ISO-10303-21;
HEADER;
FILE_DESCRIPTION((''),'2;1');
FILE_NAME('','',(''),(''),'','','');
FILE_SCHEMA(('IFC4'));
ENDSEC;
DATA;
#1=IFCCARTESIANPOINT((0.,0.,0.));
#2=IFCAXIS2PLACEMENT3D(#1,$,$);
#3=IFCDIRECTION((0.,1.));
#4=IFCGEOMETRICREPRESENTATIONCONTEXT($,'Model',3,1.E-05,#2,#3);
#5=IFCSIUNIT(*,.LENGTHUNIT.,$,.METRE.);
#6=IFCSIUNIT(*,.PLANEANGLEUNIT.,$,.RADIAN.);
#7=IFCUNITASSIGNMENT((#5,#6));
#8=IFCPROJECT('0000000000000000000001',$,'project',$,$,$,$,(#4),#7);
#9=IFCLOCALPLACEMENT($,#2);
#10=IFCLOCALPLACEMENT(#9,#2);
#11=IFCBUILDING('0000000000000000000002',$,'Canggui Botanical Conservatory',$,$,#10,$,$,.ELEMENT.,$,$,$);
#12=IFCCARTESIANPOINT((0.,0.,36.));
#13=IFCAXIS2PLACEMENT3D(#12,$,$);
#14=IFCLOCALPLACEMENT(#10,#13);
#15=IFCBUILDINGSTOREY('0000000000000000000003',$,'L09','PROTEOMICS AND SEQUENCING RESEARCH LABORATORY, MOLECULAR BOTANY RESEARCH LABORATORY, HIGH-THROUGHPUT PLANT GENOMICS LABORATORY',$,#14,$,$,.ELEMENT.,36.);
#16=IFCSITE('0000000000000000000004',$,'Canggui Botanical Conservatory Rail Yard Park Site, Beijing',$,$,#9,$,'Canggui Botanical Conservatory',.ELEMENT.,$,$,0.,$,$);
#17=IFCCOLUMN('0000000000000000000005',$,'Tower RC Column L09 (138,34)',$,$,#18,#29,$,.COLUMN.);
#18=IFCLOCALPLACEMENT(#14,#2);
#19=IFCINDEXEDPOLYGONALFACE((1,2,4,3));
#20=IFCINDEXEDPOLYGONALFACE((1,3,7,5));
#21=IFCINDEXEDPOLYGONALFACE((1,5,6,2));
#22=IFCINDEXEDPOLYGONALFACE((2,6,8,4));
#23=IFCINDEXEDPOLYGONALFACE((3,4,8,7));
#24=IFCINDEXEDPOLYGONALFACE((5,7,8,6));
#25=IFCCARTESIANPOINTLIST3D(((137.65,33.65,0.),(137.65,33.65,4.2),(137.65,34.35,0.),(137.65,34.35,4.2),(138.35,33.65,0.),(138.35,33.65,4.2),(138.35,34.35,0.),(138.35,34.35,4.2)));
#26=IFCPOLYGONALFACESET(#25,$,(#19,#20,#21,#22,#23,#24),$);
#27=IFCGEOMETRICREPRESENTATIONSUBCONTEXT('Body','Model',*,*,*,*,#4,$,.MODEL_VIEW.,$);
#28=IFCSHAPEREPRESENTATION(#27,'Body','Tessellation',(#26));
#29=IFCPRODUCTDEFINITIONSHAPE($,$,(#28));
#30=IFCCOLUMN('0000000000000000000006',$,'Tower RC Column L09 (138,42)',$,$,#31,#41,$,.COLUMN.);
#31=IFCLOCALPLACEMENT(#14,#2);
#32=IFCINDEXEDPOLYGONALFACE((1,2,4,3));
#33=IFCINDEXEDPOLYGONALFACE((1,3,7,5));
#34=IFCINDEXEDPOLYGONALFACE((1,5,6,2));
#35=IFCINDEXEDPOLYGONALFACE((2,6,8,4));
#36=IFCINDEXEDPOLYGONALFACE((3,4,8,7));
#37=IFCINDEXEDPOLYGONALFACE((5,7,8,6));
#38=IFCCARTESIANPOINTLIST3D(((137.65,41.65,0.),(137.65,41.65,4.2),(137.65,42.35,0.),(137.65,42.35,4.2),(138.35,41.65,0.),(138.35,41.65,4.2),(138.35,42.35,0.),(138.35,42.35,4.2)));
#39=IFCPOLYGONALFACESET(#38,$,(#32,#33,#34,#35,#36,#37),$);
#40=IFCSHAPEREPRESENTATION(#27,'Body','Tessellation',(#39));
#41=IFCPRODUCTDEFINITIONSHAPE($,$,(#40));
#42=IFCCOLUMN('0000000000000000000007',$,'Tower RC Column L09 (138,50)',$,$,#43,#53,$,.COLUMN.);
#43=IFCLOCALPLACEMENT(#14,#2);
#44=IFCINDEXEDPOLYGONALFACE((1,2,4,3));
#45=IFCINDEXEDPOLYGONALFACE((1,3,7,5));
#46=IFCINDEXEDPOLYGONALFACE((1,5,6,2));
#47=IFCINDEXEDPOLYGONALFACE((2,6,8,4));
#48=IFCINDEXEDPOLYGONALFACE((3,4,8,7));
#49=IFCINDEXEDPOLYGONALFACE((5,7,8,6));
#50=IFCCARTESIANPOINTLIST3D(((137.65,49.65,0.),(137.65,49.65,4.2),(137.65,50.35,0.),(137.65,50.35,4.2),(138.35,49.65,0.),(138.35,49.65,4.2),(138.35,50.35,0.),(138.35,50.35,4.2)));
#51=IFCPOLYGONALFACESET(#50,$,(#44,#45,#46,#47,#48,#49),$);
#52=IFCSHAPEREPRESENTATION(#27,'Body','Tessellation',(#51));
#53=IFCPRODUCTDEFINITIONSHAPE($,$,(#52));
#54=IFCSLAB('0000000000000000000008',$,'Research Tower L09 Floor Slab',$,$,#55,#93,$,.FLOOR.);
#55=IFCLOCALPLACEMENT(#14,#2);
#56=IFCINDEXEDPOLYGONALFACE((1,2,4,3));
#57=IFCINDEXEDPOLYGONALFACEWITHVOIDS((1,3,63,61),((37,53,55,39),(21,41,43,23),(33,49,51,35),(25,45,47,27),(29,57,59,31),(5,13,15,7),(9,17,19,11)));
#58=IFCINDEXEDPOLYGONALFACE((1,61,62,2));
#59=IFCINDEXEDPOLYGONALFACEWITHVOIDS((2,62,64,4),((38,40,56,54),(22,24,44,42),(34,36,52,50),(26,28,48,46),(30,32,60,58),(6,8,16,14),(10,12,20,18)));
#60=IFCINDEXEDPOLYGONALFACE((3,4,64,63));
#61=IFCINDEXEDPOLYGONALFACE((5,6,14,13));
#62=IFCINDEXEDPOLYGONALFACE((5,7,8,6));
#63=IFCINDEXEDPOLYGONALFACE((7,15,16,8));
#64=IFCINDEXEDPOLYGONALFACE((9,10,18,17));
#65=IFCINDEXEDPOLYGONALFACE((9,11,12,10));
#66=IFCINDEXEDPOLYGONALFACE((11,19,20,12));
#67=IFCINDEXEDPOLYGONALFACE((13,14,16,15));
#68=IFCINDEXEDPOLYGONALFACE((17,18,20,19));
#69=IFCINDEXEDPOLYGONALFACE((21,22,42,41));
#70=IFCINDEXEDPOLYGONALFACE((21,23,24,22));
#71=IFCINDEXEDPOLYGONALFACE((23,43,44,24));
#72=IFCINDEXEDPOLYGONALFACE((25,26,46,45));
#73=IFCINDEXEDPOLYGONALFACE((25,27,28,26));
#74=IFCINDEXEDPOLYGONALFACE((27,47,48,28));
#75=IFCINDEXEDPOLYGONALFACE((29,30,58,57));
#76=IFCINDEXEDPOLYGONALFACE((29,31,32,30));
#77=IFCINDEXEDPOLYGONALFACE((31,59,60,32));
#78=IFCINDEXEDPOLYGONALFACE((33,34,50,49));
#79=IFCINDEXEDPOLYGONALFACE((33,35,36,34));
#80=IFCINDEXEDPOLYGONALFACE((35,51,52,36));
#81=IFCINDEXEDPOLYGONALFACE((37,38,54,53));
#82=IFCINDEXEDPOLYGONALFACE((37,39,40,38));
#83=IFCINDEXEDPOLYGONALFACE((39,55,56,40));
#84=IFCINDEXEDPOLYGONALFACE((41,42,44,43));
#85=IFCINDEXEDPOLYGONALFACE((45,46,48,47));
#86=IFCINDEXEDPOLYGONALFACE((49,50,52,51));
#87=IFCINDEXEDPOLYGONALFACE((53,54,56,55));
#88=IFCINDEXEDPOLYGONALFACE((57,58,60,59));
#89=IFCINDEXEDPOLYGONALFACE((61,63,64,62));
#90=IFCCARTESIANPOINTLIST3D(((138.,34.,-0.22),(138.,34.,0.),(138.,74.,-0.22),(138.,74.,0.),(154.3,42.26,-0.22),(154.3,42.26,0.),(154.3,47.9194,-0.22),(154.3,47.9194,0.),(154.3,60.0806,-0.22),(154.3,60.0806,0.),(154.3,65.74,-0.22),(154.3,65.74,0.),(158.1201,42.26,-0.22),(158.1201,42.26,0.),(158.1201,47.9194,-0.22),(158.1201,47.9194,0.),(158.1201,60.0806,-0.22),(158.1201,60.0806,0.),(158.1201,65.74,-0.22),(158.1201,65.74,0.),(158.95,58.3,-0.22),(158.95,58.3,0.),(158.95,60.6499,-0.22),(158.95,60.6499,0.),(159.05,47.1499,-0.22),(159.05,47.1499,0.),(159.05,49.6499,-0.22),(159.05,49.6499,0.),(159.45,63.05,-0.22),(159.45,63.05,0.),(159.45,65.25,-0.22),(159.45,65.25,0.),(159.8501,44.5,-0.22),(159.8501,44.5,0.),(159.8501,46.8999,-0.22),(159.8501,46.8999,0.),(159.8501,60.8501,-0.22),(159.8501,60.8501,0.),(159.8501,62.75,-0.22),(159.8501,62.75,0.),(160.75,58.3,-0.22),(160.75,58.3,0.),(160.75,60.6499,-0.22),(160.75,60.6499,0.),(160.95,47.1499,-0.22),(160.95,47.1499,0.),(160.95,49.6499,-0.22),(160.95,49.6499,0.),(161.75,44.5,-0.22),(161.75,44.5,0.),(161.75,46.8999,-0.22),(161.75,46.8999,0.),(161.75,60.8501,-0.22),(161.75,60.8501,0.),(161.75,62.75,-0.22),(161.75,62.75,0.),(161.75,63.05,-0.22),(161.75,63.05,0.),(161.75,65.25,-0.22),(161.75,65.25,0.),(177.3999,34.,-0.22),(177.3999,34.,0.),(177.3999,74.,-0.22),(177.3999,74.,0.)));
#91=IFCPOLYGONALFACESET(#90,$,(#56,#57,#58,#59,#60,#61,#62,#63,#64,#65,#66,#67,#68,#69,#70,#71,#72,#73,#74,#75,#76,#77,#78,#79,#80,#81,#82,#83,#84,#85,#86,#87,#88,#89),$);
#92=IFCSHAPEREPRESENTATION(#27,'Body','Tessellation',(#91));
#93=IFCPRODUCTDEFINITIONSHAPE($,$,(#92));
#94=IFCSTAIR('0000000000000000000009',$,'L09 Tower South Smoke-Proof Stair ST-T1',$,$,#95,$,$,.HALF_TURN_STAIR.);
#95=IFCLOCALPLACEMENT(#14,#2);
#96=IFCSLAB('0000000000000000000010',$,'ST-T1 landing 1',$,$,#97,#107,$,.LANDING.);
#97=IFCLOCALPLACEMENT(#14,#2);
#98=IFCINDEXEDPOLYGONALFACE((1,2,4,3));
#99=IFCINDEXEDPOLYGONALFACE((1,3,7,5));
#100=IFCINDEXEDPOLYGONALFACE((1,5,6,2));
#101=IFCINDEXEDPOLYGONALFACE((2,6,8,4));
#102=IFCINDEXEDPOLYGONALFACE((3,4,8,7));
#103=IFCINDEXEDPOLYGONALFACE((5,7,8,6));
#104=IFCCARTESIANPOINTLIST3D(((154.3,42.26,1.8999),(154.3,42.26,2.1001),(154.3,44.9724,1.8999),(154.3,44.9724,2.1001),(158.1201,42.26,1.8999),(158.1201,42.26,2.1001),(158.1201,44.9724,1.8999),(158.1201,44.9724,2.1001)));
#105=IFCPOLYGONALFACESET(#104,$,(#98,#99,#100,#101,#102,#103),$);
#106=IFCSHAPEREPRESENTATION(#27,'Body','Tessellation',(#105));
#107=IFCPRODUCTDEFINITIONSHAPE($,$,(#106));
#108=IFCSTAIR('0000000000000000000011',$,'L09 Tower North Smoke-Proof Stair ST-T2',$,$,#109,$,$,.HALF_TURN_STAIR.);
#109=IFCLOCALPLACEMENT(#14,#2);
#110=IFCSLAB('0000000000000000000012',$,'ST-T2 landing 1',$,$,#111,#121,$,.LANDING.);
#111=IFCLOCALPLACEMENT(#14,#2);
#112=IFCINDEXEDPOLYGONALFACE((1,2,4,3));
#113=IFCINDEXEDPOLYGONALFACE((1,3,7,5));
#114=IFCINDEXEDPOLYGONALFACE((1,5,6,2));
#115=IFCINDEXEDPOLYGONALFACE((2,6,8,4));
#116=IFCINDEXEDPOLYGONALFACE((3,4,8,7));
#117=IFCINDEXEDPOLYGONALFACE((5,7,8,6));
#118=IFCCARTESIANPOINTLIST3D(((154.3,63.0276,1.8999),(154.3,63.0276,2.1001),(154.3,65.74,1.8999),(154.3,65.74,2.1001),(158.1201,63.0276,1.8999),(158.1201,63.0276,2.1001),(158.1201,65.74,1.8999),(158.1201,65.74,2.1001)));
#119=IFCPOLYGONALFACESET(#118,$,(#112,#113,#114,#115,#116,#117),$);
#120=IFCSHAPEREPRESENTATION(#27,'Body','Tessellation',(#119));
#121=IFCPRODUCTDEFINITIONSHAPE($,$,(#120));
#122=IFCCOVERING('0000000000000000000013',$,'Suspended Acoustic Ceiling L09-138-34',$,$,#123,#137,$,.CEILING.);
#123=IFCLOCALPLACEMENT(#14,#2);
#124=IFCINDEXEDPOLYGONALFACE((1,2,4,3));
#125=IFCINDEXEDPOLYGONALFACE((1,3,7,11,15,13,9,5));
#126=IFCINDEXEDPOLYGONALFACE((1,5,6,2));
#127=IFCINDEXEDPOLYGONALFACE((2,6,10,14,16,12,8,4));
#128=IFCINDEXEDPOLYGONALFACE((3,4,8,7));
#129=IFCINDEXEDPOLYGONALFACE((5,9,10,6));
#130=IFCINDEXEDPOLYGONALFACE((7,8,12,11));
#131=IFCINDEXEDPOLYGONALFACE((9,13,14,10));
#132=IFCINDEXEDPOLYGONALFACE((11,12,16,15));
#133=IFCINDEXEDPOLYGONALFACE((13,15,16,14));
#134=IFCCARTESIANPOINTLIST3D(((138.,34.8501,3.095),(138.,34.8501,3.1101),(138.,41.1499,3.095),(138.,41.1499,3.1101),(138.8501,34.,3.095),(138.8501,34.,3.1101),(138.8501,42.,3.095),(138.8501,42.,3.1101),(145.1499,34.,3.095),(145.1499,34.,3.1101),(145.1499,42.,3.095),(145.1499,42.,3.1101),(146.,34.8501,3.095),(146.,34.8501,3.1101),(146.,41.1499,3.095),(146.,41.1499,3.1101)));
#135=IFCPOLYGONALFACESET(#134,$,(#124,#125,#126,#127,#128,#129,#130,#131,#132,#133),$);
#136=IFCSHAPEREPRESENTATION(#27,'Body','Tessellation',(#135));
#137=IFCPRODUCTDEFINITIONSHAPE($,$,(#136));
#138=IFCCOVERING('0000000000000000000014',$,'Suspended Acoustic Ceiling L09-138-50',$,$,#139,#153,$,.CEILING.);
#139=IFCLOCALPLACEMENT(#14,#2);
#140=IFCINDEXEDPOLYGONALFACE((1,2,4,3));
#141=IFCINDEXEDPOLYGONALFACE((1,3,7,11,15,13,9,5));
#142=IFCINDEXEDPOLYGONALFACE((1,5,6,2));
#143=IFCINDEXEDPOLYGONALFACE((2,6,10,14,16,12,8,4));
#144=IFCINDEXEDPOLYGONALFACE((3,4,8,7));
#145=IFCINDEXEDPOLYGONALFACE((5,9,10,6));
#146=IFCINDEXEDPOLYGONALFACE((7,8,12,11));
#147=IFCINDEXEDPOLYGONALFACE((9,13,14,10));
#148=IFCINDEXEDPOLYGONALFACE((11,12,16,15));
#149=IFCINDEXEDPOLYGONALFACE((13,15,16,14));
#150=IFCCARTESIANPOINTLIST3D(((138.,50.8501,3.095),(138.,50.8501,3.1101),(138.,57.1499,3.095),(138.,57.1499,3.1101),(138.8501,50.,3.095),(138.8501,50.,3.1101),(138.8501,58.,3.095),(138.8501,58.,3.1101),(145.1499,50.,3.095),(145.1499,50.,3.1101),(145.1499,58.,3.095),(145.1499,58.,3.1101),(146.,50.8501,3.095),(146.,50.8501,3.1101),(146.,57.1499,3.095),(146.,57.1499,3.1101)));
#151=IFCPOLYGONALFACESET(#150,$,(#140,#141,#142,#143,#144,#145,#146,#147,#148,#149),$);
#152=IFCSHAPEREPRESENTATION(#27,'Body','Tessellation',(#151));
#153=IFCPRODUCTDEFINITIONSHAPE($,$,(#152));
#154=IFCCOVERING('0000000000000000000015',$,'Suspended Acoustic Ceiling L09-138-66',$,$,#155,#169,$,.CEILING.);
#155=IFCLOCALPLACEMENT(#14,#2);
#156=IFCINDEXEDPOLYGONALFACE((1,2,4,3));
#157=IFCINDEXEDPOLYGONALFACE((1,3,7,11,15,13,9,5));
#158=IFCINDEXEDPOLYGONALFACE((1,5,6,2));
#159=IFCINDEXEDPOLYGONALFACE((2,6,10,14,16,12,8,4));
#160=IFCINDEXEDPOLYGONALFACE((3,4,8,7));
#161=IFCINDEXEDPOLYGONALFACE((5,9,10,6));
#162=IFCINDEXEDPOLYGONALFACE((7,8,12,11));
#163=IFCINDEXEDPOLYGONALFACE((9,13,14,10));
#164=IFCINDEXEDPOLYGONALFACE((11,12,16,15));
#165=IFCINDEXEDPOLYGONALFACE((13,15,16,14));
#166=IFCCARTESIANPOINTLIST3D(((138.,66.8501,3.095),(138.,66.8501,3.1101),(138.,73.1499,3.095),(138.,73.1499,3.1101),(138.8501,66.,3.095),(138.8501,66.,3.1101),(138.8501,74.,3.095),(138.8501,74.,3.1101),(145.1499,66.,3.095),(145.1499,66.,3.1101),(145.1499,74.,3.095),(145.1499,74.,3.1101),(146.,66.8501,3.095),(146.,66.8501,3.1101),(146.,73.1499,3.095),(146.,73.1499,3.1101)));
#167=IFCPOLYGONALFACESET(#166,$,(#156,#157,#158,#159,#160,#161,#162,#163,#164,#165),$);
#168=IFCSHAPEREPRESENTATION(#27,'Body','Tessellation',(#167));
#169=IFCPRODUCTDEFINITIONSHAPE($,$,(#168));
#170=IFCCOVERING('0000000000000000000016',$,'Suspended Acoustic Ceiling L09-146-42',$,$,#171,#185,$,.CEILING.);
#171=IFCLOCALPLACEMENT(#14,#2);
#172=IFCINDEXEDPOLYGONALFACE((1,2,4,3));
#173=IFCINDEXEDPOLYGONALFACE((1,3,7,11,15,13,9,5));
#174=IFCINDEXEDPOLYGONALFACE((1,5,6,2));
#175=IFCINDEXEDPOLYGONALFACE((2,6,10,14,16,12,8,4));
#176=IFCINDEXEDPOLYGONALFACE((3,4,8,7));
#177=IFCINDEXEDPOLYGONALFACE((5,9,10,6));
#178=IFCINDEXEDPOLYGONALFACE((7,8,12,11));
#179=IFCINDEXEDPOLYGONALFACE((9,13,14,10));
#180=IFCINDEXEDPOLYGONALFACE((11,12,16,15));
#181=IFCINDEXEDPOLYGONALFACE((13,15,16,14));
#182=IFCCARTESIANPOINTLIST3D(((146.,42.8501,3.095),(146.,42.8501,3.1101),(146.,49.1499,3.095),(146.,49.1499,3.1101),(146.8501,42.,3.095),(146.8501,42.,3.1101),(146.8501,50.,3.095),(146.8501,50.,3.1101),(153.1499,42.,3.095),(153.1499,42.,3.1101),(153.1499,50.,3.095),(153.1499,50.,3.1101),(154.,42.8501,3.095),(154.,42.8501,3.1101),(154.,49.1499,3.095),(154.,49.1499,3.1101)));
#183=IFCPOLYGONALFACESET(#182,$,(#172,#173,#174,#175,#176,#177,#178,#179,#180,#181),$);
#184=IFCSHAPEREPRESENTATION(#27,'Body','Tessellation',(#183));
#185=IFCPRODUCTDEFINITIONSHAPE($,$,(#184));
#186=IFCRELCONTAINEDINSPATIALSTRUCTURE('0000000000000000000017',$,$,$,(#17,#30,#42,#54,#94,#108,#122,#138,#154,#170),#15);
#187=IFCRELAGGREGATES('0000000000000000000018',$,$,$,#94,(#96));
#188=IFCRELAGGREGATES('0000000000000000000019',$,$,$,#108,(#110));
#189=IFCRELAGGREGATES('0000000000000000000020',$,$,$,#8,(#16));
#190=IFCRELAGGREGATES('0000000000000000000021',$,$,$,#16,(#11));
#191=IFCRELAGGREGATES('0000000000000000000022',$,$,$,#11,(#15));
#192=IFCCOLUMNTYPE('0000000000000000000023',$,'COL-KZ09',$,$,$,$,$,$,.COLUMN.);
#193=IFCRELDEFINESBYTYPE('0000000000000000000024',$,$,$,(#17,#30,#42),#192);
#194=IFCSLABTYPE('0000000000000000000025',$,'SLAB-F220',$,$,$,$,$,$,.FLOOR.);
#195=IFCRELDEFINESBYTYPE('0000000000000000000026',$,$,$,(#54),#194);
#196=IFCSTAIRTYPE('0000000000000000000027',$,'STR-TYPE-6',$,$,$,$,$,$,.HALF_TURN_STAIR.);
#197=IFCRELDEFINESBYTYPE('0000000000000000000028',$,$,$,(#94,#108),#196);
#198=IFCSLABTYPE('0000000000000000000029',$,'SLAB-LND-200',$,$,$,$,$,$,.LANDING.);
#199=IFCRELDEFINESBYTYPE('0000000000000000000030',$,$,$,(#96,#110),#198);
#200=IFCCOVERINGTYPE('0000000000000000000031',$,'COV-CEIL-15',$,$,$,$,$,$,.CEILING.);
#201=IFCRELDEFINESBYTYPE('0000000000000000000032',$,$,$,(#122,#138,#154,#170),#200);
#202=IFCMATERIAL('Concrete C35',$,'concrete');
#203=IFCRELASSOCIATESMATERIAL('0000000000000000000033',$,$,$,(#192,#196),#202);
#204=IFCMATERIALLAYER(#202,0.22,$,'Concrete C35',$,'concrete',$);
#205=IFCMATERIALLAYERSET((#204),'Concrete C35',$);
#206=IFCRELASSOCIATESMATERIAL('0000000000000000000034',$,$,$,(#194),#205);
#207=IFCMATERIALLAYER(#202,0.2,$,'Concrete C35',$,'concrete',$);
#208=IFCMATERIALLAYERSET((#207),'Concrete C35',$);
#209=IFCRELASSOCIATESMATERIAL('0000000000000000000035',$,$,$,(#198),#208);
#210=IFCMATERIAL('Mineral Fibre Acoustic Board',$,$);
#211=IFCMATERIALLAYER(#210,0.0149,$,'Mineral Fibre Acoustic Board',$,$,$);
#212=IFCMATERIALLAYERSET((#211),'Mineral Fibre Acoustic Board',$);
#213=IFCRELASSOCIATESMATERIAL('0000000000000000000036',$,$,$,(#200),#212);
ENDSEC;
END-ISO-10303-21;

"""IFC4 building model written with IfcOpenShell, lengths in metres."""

from ifc_helpers import new_model, si_unit, direction, frame, origin, origin_2d, place, context, subcontext, project, spatial, polyline, rectangle, outline, extrude, material, layer, layer_set, material_profile, profile_set, type_object, element, aggregate, save


model = new_model("IFC4")

# Units and contexts
model_context = context("Model", 3, precision=1e-05, world=origin(), true_north=direction((0.0, 1.0)))
body_context = subcontext(model_context, "Body", "Model", "MODEL_VIEW")
ifc_project = project(units=[si_unit("LENGTHUNIT", "METRE"), si_unit("PLANEANGLEUNIT", "RADIAN")], contexts=[model_context])

# Site, building, storey
site_placement = place(None, origin())
site = spatial("IfcSite", under=ifc_project, at=site_placement, Name="Canggui Botanical Conservatory Rail Yard Park Site, Beijing", LongName="Canggui Botanical Conservatory", CompositionType="ELEMENT", RefElevation=0.0)
building_placement = place(site_placement, origin())
building = spatial("IfcBuilding", under=site, at=building_placement, Name="Canggui Botanical Conservatory", CompositionType="ELEMENT")
storey_placement = place(building_placement, frame((0.0, 0.0, 36.0)))
storey = spatial("IfcBuildingStorey", under=building, at=storey_placement, Name="L09", Description="PROTEOMICS AND SEQUENCING RESEARCH LABORATORY, MOLECULAR BOTANY RESEARCH LABORATORY, HIGH-THROUGHPUT PLANT GENOMICS LABORATORY", CompositionType="ELEMENT", Elevation=36.0)

# Columns
ifc_material_1 = material(Name="Concrete C35", Category="concrete")
ifc_material_profile = material_profile(ifc_material_1, rectangle(XDim=0.7, YDim=0.7, at=origin_2d()), Name="RC 700x700")
ifc_profile_set = profile_set([ifc_material_profile], Name="Concrete C35")
column_type = type_object("IfcColumnType", Name="COL-KZ09", PredefinedType="COLUMN", material=ifc_profile_set)
for number, where, z_axis, x_axis, name in (
    (1, (138.0, 34.0, 0.0), (0.0, 0.0, 1.0), (1.0, 0.0, 0.0), "Tower RC Column L09 (138,34)"),
    (2, (138.0, 42.0, 0.0), (0.0, 0.0, 1.0), (1.0, 0.0, 0.0), "Tower RC Column L09 (138,42)"),
    (3, (138.0, 50.0, 0.0), (0.0, 0.0, 1.0), (1.0, 0.0, 0.0), "Tower RC Column L09 (138,50)"),
):
    element("IfcColumn", number, at=place(storey_placement, frame(where, z_axis=z_axis, x_axis=x_axis)), inside=storey, type_object=column_type, Name=name, PredefinedType="COLUMN", context=body_context, shape_type="SweptSolid", body=[
        extrude(rectangle(XDim=0.7, YDim=0.7, at=origin_2d()), origin(), (0.0, 0.0, 1.0), 4.2),
    ])

# Slab
ifc_layer_1 = layer(ifc_material_1, 0.22, Name="Concrete C35", Category="concrete")
ifc_layer_set_1 = layer_set([ifc_layer_1], Name="Concrete C35")
slab_type_1 = type_object("IfcSlabType", Name="SLAB-F220", PredefinedType="FLOOR", material=ifc_layer_set_1)
slab_1_placement = place(storey_placement, frame((0.0, 0.0, -0.22)))
element("IfcSlab", 4, at=slab_1_placement, inside=storey, type_object=slab_type_1, Name="Research Tower L09 Floor Slab", PredefinedType="FLOOR", context=body_context, shape_type="SweptSolid", body=[
    extrude(outline(polyline([(138.0, 34.0), (177.3999, 34.0), (177.3999, 74.0), (138.0, 74.0), (138.0, 34.0)]), holes=[polyline([(154.3, 47.9194), (154.3, 42.26), (158.1201, 42.26), (158.1201, 47.9194), (154.3, 47.9194)]), polyline([(158.1201, 60.0806), (158.1201, 65.74), (154.3, 65.74), (154.3, 60.0806), (158.1201, 60.0806)]), polyline([(159.05, 47.1499), (160.95, 47.1499), (160.95, 49.6499), (159.05, 49.6499), (159.05, 47.1499)]), polyline([(159.8501, 44.5), (161.75, 44.5), (161.75, 46.8999), (159.8501, 46.8999), (159.8501, 44.5)]), polyline([(158.95, 58.3), (160.75, 58.3), (160.75, 60.6499), (158.95, 60.6499), (158.95, 58.3)]), polyline([(159.8501, 60.8501), (161.75, 60.8501), (161.75, 62.75), (159.8501, 62.75), (159.8501, 60.8501)]), polyline([(159.45, 63.05), (161.75, 63.05), (161.75, 65.25), (159.45, 65.25), (159.45, 63.05)])]), origin(), (0.0, 0.0, 1.0), 0.22),
])

# Stairs, slabs
stair_type = type_object("IfcStairType", Name="STR-TYPE-6", PredefinedType="HALF_TURN_STAIR", material=ifc_material_1)
stair_1_placement = place(storey_placement, origin())
stair_1 = element("IfcStair", 5, at=stair_1_placement, inside=storey, type_object=stair_type, Name="L09 Tower South Smoke-Proof Stair ST-T1", PredefinedType="HALF_TURN_STAIR")
ifc_layer_2 = layer(ifc_material_1, 0.2, Name="Concrete C35", Category="concrete")
ifc_layer_set_2 = layer_set([ifc_layer_2], Name="Concrete C35")
slab_type_2 = type_object("IfcSlabType", Name="SLAB-LND-200", PredefinedType="LANDING", material=ifc_layer_set_2)
slab_2_placement = place(storey_placement, frame((0.0, 0.0, 1.8999)))
slab_2 = element("IfcSlab", 6, at=slab_2_placement, type_object=slab_type_2, Name="ST-T1 landing 1", PredefinedType="LANDING", context=body_context, shape_type="SweptSolid", body=[
    extrude(outline(polyline([(154.3, 44.9724), (154.3, 42.26), (158.1201, 42.26), (158.1201, 44.9724), (154.3, 44.9724)])), origin(), (0.0, 0.0, 1.0), 0.2002),
])
aggregate(stair_1, [slab_2])
stair_2_placement = place(storey_placement, origin())
stair_2 = element("IfcStair", 7, at=stair_2_placement, inside=storey, type_object=stair_type, Name="L09 Tower North Smoke-Proof Stair ST-T2", PredefinedType="HALF_TURN_STAIR")
slab_3_placement = place(storey_placement, frame((0.0, 0.0, 1.8999)))
slab_3 = element("IfcSlab", 8, at=slab_3_placement, type_object=slab_type_2, Name="ST-T2 landing 1", PredefinedType="LANDING", context=body_context, shape_type="SweptSolid", body=[
    extrude(outline(polyline([(158.1201, 63.0276), (158.1201, 65.74), (154.3, 65.74), (154.3, 63.0276), (158.1201, 63.0276)])), origin(), (0.0, 0.0, 1.0), 0.2002),
])
aggregate(stair_2, [slab_3])

# Coverings
ifc_material_2 = material(Name="Mineral Fibre Acoustic Board")
ifc_layer_3 = layer(ifc_material_2, 0.0149, Name="Mineral Fibre Acoustic Board")
ifc_layer_set_3 = layer_set([ifc_layer_3], Name="Mineral Fibre Acoustic Board")
covering_type_1 = type_object("IfcCoveringType", Name="COV-CEIL-15", PredefinedType="CEILING", material=ifc_layer_set_3)
covering_1_placement = place(storey_placement, frame((0.0, 0.0, 3.095)))
element("IfcCovering", 9, at=covering_1_placement, inside=storey, type_object=covering_type_1, Name="Suspended Acoustic Ceiling L09-138-34", PredefinedType="CEILING", context=body_context, shape_type="SweptSolid", body=[
    extrude(outline(polyline([(138.8501, 34.0), (145.1499, 34.0), (146.0, 34.8501), (146.0, 41.1499), (145.1499, 42.0), (138.8501, 42.0), (138.0, 41.1499), (138.0, 34.8501), (138.8501, 34.0)])), origin(), (0.0, 0.0, 1.0), 0.0151),
])
covering_2_placement = place(storey_placement, frame((0.0, 0.0, 3.095)))
element("IfcCovering", 10, at=covering_2_placement, inside=storey, type_object=covering_type_1, Name="Suspended Acoustic Ceiling L09-138-50", PredefinedType="CEILING", context=body_context, shape_type="SweptSolid", body=[
    extrude(outline(polyline([(138.8501, 50.0), (145.1499, 50.0), (146.0, 50.8501), (146.0, 57.1499), (145.1499, 58.0), (138.8501, 58.0), (138.0, 57.1499), (138.0, 50.8501), (138.8501, 50.0)])), origin(), (0.0, 0.0, 1.0), 0.0151),
])
covering_3_placement = place(storey_placement, frame((0.0, 0.0, 3.095)))
element("IfcCovering", 11, at=covering_3_placement, inside=storey, type_object=covering_type_1, Name="Suspended Acoustic Ceiling L09-138-66", PredefinedType="CEILING", context=body_context, shape_type="SweptSolid", body=[
    extrude(outline(polyline([(138.8501, 66.0), (145.1499, 66.0), (146.0, 66.8501), (146.0, 73.1499), (145.1499, 74.0), (138.8501, 74.0), (138.0, 73.1499), (138.0, 66.8501), (138.8501, 66.0)])), origin(), (0.0, 0.0, 1.0), 0.0151),
])
covering_4_placement = place(storey_placement, frame((0.0, 0.0, 3.095)))
element("IfcCovering", 12, at=covering_4_placement, inside=storey, type_object=covering_type_1, Name="Suspended Acoustic Ceiling L09-146-42", PredefinedType="CEILING", context=body_context, shape_type="SweptSolid", body=[
    extrude(outline(polyline([(146.8501, 42.0), (153.1499, 42.0), (154.0, 42.8501), (154.0, 49.1499), (153.1499, 50.0), (146.8501, 50.0), (146.0, 49.1499), (146.0, 42.8501), (146.8501, 42.0)])), origin(), (0.0, 0.0, 1.0), 0.0151),
])

save(model, "model.ifc")
